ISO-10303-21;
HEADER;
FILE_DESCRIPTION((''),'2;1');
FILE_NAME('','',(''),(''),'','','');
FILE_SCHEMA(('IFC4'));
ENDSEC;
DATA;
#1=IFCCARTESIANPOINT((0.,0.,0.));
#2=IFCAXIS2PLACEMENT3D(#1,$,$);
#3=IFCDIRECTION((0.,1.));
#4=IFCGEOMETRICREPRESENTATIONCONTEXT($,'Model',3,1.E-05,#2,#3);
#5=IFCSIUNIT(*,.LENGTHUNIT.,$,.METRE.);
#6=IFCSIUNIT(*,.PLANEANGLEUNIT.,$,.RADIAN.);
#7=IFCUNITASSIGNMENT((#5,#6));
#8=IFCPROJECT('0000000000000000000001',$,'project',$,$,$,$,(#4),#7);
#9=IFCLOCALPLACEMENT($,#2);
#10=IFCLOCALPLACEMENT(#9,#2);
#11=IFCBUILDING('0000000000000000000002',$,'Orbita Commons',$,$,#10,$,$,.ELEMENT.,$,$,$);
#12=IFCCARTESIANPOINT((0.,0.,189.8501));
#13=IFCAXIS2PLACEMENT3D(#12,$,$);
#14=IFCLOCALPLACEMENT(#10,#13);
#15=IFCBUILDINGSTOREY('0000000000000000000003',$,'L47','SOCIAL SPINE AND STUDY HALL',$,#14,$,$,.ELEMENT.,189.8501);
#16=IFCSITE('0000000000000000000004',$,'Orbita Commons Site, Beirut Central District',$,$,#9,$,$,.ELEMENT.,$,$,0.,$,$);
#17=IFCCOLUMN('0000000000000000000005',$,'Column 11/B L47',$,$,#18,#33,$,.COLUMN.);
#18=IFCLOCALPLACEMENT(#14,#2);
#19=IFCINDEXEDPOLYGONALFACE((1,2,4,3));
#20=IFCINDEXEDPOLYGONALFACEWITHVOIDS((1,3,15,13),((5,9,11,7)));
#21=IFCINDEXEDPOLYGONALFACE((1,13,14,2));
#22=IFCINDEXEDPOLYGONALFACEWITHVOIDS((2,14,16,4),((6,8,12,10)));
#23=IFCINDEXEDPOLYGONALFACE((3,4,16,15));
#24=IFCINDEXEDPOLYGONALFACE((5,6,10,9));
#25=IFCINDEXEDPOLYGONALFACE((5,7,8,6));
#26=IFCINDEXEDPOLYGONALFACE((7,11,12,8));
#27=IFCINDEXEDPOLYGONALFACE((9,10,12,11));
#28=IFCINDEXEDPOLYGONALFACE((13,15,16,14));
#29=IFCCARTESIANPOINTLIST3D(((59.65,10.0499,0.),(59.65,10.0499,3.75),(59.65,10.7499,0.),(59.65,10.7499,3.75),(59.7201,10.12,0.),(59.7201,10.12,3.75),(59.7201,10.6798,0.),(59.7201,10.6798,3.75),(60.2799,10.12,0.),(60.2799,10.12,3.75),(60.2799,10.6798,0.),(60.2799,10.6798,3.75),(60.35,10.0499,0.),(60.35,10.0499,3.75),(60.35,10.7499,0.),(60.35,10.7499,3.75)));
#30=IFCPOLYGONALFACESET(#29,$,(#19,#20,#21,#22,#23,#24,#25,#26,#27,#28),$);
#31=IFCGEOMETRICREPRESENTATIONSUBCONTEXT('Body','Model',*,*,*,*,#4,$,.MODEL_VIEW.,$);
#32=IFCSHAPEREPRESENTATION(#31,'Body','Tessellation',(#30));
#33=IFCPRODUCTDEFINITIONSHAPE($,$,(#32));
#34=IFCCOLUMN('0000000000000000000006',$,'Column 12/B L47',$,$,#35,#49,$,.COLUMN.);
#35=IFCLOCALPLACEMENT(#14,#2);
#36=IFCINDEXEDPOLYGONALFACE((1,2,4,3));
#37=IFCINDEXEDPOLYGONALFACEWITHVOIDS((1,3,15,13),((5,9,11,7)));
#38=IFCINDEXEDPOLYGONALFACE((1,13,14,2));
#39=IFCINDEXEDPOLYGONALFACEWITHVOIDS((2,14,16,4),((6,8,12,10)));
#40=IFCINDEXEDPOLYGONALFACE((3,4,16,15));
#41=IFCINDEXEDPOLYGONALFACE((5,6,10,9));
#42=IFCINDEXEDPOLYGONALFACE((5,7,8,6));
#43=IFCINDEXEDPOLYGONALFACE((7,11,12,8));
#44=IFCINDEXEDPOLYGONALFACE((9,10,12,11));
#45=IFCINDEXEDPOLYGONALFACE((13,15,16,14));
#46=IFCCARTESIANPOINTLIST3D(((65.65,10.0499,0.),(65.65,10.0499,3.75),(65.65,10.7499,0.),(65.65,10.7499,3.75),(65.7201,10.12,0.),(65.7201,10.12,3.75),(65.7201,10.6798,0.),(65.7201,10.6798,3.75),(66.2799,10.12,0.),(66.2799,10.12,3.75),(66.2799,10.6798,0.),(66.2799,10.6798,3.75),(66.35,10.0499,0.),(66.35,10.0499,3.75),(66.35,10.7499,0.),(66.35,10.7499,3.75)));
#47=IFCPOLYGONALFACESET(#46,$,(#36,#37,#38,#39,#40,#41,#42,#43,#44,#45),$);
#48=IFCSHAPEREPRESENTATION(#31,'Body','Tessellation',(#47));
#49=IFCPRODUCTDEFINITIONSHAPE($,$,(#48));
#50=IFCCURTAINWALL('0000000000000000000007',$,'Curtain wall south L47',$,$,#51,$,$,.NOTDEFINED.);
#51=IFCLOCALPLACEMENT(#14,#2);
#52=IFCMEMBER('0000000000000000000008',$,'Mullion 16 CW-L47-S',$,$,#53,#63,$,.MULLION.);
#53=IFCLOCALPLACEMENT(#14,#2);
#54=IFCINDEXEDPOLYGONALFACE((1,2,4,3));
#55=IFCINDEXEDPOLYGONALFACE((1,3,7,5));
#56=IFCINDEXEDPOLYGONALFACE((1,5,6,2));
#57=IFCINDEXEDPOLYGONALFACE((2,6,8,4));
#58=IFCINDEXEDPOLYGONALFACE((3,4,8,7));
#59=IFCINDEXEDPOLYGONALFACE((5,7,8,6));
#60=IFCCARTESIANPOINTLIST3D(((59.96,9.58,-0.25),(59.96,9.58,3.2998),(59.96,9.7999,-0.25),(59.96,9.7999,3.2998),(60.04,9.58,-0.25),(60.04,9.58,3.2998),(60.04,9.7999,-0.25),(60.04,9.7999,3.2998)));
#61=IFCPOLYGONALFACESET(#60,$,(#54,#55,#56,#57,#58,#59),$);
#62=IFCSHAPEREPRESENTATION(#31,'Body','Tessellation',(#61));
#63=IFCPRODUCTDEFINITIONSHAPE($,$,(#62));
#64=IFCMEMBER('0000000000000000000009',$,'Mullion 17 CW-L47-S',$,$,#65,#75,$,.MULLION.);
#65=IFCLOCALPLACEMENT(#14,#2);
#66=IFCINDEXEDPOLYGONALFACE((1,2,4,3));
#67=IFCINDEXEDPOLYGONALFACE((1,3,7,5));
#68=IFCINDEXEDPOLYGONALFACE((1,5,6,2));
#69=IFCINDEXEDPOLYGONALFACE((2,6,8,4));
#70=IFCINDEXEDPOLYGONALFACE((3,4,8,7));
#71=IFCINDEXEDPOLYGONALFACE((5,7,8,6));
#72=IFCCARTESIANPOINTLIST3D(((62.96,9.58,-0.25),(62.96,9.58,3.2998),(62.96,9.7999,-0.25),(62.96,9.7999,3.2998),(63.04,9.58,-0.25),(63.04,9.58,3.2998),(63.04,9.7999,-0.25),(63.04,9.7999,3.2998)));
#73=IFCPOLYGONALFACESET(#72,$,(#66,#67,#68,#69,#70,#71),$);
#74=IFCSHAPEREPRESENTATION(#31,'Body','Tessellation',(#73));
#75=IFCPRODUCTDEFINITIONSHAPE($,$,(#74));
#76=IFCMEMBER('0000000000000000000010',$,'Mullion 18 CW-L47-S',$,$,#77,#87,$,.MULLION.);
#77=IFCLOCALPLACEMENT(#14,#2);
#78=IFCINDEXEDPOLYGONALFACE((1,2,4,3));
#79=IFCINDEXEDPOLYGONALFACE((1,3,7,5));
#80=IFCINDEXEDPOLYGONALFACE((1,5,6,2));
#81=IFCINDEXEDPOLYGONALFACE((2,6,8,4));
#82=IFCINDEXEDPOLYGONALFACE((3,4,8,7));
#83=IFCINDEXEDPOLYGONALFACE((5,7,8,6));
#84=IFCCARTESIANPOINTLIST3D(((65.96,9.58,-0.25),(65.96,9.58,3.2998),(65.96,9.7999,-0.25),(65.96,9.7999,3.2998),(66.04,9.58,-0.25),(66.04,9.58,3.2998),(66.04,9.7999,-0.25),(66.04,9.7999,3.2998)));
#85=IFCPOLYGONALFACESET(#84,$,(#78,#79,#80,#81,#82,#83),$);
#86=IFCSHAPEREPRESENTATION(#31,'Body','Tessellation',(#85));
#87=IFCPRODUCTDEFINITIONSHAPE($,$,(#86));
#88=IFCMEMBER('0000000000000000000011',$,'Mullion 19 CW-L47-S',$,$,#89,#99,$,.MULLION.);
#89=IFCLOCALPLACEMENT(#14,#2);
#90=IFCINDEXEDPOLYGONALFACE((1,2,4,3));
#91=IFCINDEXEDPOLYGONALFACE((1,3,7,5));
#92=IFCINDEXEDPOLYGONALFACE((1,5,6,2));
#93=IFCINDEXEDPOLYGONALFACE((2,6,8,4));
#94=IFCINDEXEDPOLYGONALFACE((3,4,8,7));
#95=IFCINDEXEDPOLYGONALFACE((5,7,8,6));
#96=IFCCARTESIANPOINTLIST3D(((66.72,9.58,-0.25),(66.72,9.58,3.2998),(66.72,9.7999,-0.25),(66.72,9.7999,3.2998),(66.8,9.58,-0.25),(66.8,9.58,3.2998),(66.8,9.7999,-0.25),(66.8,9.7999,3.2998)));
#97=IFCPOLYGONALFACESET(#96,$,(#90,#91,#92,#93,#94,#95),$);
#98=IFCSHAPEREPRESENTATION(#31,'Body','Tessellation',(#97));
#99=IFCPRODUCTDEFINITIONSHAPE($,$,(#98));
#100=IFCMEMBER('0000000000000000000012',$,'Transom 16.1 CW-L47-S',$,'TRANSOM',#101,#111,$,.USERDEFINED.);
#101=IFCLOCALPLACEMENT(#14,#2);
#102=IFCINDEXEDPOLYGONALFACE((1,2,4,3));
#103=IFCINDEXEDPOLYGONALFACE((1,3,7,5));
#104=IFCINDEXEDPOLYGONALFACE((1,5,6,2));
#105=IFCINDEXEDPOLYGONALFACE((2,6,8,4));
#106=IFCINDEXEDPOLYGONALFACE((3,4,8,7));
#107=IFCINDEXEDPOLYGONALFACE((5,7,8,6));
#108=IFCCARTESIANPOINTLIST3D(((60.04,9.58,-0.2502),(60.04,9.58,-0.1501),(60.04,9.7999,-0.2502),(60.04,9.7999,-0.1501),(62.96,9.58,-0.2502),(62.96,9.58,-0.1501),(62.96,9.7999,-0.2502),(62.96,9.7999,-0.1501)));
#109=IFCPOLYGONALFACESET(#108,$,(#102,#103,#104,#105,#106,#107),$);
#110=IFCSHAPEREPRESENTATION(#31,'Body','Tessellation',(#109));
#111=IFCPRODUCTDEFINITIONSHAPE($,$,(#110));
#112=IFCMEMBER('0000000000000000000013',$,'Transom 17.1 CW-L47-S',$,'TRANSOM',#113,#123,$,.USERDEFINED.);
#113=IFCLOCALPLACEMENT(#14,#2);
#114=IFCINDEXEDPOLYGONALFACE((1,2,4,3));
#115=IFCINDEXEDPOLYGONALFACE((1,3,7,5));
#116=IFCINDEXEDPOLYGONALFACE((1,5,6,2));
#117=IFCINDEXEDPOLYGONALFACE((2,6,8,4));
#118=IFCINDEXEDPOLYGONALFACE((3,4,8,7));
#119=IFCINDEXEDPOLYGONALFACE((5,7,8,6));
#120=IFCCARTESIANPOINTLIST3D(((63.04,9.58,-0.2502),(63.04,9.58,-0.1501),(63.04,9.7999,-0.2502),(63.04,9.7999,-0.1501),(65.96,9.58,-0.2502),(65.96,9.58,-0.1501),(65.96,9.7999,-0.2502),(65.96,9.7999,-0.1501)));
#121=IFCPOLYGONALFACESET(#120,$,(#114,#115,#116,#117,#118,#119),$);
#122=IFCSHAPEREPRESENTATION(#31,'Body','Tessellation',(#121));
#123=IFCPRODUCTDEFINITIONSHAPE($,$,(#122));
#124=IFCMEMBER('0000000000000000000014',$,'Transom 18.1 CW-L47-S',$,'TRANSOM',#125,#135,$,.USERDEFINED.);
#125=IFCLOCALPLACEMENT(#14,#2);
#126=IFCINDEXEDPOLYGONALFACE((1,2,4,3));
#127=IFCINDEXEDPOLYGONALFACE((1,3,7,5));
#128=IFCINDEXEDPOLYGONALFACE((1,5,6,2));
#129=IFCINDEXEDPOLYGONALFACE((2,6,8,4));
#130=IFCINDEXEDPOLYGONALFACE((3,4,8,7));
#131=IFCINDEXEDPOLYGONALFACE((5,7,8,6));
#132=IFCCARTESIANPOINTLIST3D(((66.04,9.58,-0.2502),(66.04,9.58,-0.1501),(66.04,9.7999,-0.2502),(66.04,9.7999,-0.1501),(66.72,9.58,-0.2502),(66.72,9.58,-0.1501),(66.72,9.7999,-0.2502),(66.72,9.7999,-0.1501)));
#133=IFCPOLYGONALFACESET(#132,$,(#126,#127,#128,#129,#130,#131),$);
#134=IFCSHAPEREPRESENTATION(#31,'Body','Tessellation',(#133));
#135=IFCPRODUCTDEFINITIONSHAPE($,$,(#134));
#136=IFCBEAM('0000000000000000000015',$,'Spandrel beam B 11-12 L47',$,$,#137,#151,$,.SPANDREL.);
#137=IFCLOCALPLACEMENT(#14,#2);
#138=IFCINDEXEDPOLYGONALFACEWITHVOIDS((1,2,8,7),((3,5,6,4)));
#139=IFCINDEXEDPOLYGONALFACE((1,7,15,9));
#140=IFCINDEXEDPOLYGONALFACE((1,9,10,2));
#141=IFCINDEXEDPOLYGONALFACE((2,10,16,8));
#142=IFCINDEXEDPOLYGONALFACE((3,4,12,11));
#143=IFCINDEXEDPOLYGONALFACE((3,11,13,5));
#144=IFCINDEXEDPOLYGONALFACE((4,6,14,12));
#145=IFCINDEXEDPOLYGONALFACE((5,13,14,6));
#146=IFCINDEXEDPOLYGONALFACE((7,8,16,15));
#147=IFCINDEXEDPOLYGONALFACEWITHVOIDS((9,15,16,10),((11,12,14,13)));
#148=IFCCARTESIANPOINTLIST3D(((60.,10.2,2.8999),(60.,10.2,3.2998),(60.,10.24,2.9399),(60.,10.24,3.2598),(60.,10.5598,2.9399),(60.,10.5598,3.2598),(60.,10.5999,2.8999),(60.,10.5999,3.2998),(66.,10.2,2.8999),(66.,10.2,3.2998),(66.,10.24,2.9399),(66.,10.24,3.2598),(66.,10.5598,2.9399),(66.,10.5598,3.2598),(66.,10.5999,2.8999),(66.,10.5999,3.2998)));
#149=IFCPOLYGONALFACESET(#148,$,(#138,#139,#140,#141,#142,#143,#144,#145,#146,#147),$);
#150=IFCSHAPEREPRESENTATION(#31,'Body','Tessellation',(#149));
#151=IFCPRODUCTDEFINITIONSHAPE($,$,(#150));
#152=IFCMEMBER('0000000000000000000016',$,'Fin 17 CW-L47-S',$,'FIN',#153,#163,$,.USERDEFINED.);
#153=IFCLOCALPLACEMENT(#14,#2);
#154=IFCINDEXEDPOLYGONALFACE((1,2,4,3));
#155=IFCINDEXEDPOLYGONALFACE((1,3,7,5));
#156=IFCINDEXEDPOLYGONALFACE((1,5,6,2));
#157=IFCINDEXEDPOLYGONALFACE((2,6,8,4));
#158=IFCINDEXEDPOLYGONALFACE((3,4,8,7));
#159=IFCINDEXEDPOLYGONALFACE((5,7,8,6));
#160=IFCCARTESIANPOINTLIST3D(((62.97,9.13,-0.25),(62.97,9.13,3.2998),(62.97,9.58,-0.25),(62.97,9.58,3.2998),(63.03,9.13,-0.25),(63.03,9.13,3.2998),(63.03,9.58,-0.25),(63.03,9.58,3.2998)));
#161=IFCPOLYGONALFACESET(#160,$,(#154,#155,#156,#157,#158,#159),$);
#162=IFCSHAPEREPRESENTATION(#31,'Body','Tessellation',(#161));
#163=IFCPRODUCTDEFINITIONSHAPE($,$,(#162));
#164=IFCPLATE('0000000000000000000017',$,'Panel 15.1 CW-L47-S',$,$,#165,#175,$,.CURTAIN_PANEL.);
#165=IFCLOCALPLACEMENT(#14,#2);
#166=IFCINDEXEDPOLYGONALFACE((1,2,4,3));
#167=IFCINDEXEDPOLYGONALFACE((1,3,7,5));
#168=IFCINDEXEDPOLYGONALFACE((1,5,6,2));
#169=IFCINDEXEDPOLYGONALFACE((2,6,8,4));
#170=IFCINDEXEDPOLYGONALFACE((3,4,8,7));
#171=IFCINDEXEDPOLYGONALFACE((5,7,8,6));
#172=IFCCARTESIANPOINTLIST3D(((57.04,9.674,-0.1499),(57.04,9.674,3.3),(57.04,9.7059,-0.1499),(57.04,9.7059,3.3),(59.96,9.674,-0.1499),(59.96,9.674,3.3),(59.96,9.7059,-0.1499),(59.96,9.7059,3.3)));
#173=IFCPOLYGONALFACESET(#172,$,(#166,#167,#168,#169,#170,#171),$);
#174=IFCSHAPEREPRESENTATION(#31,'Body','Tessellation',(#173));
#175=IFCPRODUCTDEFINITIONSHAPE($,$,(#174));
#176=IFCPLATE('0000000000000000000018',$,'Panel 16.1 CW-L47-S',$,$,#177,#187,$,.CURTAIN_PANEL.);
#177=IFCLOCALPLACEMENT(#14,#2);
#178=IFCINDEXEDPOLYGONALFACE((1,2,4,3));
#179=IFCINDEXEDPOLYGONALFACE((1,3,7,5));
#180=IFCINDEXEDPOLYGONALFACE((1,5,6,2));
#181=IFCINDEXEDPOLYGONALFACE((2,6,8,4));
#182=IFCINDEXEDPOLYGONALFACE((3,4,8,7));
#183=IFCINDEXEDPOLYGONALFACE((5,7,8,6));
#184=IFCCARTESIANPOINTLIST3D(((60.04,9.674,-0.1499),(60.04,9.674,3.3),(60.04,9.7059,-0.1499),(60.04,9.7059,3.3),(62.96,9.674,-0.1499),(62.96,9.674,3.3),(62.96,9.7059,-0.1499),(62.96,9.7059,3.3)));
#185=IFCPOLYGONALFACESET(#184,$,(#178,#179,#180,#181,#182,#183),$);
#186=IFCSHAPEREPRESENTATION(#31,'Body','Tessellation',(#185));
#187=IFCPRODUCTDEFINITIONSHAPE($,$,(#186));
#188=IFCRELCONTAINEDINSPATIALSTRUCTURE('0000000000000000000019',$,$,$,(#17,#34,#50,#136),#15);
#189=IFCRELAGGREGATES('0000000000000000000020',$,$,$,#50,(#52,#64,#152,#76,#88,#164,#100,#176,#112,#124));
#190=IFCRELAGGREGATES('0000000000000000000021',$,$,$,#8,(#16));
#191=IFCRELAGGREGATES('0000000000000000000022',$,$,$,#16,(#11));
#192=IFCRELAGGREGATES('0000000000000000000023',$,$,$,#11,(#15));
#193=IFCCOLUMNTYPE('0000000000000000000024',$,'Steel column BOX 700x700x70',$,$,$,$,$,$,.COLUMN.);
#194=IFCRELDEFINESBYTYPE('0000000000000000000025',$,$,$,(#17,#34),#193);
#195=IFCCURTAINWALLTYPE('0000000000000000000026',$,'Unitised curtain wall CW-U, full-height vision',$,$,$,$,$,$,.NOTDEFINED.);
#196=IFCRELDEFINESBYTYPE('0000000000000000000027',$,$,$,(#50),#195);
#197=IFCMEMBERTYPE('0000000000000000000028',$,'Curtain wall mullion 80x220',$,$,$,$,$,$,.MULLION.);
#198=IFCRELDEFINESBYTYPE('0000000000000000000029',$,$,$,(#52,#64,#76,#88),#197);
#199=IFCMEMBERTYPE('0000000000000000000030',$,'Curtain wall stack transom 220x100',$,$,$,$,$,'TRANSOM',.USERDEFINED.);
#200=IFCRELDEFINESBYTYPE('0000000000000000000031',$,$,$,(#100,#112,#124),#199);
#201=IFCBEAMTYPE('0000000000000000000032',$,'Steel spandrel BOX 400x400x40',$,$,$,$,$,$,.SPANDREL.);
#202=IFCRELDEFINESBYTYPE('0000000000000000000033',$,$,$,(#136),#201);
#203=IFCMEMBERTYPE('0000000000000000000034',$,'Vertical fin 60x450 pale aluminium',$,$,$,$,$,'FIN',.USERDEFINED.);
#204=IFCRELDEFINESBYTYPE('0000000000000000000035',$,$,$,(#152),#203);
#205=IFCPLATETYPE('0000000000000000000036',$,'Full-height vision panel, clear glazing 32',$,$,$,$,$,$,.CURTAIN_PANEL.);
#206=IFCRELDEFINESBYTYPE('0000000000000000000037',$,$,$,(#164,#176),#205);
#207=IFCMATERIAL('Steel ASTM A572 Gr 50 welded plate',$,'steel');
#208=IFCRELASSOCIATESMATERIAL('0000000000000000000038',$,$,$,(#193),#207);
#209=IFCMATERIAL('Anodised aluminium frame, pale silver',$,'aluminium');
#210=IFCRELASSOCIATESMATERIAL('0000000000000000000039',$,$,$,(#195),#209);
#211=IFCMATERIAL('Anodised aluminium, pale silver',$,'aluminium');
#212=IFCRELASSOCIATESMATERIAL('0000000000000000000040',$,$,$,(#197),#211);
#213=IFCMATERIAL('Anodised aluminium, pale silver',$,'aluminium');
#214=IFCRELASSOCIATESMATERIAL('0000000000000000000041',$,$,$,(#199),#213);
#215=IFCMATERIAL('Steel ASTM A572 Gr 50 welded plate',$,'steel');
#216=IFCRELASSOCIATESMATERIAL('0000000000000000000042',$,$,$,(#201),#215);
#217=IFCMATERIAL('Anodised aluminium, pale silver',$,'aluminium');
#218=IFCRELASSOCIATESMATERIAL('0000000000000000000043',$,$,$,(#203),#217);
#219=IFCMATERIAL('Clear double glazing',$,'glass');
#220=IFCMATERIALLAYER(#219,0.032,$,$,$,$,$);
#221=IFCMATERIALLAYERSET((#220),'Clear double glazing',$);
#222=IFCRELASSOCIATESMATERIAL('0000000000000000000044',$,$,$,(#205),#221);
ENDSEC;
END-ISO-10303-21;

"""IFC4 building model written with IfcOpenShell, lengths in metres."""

from ifc_helpers import new_model, si_unit, direction, frame, origin, origin_2d, place, context, subcontext, project, spatial, rectangle, hollow_rectangle, extrude, material, layer, layer_set, material_profile, profile_set, type_object, element, aggregate, save


model = new_model("IFC4")

# Units and contexts
model_context = context("Model", 3, precision=1e-05, world=origin(), true_north=direction((0.0, 1.0)))
body_context = subcontext(model_context, "Body", "Model", "MODEL_VIEW")
ifc_project = project(units=[si_unit("LENGTHUNIT", "METRE"), si_unit("PLANEANGLEUNIT", "RADIAN")], contexts=[model_context])

# Site, building, storey
site_placement = place(None, origin())
site = spatial("IfcSite", under=ifc_project, at=site_placement, Name="Orbita Commons Site, Beirut Central District", CompositionType="ELEMENT", RefElevation=0.0)
building_placement = place(site_placement, origin())
building = spatial("IfcBuilding", under=site, at=building_placement, Name="Orbita Commons", CompositionType="ELEMENT")
storey_placement = place(building_placement, frame((0.0, 0.0, 189.8501)))
storey = spatial("IfcBuildingStorey", under=building, at=storey_placement, Name="L47", Description="SOCIAL SPINE AND STUDY HALL", CompositionType="ELEMENT", Elevation=189.8501)

# Columns
ifc_material_1 = material(Name="Steel ASTM A572 Gr 50 welded plate", Category="steel")
ifc_material_profile_1 = material_profile(ifc_material_1, hollow_rectangle(XDim=0.7, YDim=0.7, WallThickness=0.0701, at=origin_2d()), Name="BOX 700x700x70")
ifc_profile_set_1 = profile_set([ifc_material_profile_1], Name="Steel ASTM A572 Gr 50 welded plate")
column_type = type_object("IfcColumnType", Name="Steel column BOX 700x700x70", PredefinedType="COLUMN", material=ifc_profile_set_1)
for number, where, z_axis, x_axis, name in (
    (1, (60.0, 10.3999, 0.0), (0.0, 0.0, 1.0), (1.0, 0.0, 0.0), "Column 11/B L47"),
    (2, (66.0, 10.3999, 0.0), (0.0, 0.0, 1.0), (1.0, 0.0, 0.0), "Column 12/B L47"),
):
    element("IfcColumn", number, at=place(storey_placement, frame(where, z_axis=z_axis, x_axis=x_axis)), inside=storey, type_object=column_type, Name=name, PredefinedType="COLUMN", context=body_context, shape_type="SweptSolid", body=[
        extrude(hollow_rectangle(XDim=0.7, YDim=0.7, WallThickness=0.0701, at=origin_2d()), origin(), (0.0, 0.0, 1.0), 3.75),
    ])

# Curtain wall, members
ifc_material_2 = material(Name="Anodised aluminium frame, pale silver", Category="aluminium")
curtain_wall_type = type_object("IfcCurtainWallType", Name="Unitised curtain wall CW-U, full-height vision", PredefinedType="NOTDEFINED", material=ifc_material_2)
curtain_wall_placement = place(storey_placement, origin())
curtain_wall = element("IfcCurtainWall", 3, at=curtain_wall_placement, inside=storey, type_object=curtain_wall_type, Name="Curtain wall south L47", PredefinedType="NOTDEFINED")
ifc_material_3 = material(Name="Anodised aluminium, pale silver", Category="aluminium")
ifc_material_profile_2 = material_profile(ifc_material_3, rectangle(XDim=0.0801, YDim=0.22, at=origin_2d()), Name="AL 80x220")
ifc_profile_set_2 = profile_set([ifc_material_profile_2], Name="Anodised aluminium, pale silver")
member_type_1 = type_object("IfcMemberType", Name="Curtain wall mullion 80x220", PredefinedType="MULLION", material=ifc_profile_set_2)
member_1_placement = place(storey_placement, frame((60.0, 9.6899, -0.25), z_axis=(0.0, 0.0, 1.0), x_axis=(1.0, 0.0, 0.0)))
member_1 = element("IfcMember", 4, at=member_1_placement, type_object=member_type_1, Name="Mullion 16 CW-L47-S", PredefinedType="MULLION", context=body_context, shape_type="SweptSolid", body=[
    extrude(rectangle(XDim=0.0801, YDim=0.22, at=origin_2d()), origin(), (0.0, 0.0, 1.0), 3.5498),
])
member_2_placement = place(storey_placement, frame((63.0, 9.6899, -0.25), z_axis=(0.0, 0.0, 1.0), x_axis=(1.0, 0.0, 0.0)))
member_2 = element("IfcMember", 5, at=member_2_placement, type_object=member_type_1, Name="Mullion 17 CW-L47-S", PredefinedType="MULLION", context=body_context, shape_type="SweptSolid", body=[
    extrude(rectangle(XDim=0.0801, YDim=0.22, at=origin_2d()), origin(), (0.0, 0.0, 1.0), 3.5498),
])
member_3_placement = place(storey_placement, frame((66.0, 9.6899, -0.25), z_axis=(0.0, 0.0, 1.0), x_axis=(1.0, 0.0, 0.0)))
member_3 = element("IfcMember", 6, at=member_3_placement, type_object=member_type_1, Name="Mullion 18 CW-L47-S", PredefinedType="MULLION", context=body_context, shape_type="SweptSolid", body=[
    extrude(rectangle(XDim=0.0801, YDim=0.22, at=origin_2d()), origin(), (0.0, 0.0, 1.0), 3.5498),
])
member_4_placement = place(storey_placement, frame((66.76, 9.6899, -0.25), z_axis=(0.0, 0.0, 1.0), x_axis=(1.0, 0.0, 0.0)))
member_4 = element("IfcMember", 7, at=member_4_placement, type_object=member_type_1, Name="Mullion 19 CW-L47-S", PredefinedType="MULLION", context=body_context, shape_type="SweptSolid", body=[
    extrude(rectangle(XDim=0.0801, YDim=0.22, at=origin_2d()), origin(), (0.0, 0.0, 1.0), 3.5498),
])
ifc_material_4 = material(Name="Anodised aluminium, pale silver", Category="aluminium")
ifc_material_profile_3 = material_profile(ifc_material_4, rectangle(XDim=0.22, YDim=0.1001, at=origin_2d()), Name="AL 220x100")
ifc_profile_set_3 = profile_set([ifc_material_profile_3], Name="Anodised aluminium, pale silver")
member_type_2 = type_object("IfcMemberType", Name="Curtain wall stack transom 220x100", ElementType="TRANSOM", PredefinedType="USERDEFINED", material=ifc_profile_set_3)
member_5_placement = place(storey_placement, frame((60.04, 9.6899, -0.2002), z_axis=(1.0, 0.0, 0.0), x_axis=(0.0, 1.0, 0.0)))
member_5 = element("IfcMember", 8, at=member_5_placement, type_object=member_type_2, Name="Transom 16.1 CW-L47-S", ObjectType="TRANSOM", PredefinedType="USERDEFINED", context=body_context, shape_type="SweptSolid", body=[
    extrude(rectangle(XDim=0.22, YDim=0.1001, at=origin_2d()), origin(), (0.0, 0.0, 1.0), 2.9199),
])
member_6_placement = place(storey_placement, frame((63.04, 9.6899, -0.2002), z_axis=(1.0, 0.0, 0.0), x_axis=(0.0, 1.0, 0.0)))
member_6 = element("IfcMember", 9, at=member_6_placement, type_object=member_type_2, Name="Transom 17.1 CW-L47-S", ObjectType="TRANSOM", PredefinedType="USERDEFINED", context=body_context, shape_type="SweptSolid", body=[
    extrude(rectangle(XDim=0.22, YDim=0.1001, at=origin_2d()), origin(), (0.0, 0.0, 1.0), 2.9199),
])
member_7_placement = place(storey_placement, frame((66.04, 9.6899, -0.2002), z_axis=(1.0, 0.0, 0.0), x_axis=(0.0, 1.0, 0.0)))
member_7 = element("IfcMember", 10, at=member_7_placement, type_object=member_type_2, Name="Transom 18.1 CW-L47-S", ObjectType="TRANSOM", PredefinedType="USERDEFINED", context=body_context, shape_type="SweptSolid", body=[
    extrude(rectangle(XDim=0.22, YDim=0.1001, at=origin_2d()), origin(), (0.0, 0.0, 1.0), 0.6799),
])

# Beam
ifc_material_5 = material(Name="Steel ASTM A572 Gr 50 welded plate", Category="steel")
ifc_material_profile_4 = material_profile(ifc_material_5, hollow_rectangle(XDim=0.3999, YDim=0.3999, WallThickness=0.04, at=origin_2d()), Name="BOX 400x400x40")
ifc_profile_set_4 = profile_set([ifc_material_profile_4], Name="Steel ASTM A572 Gr 50 welded plate")
beam_type = type_object("IfcBeamType", Name="Steel spandrel BOX 400x400x40", PredefinedType="SPANDREL", material=ifc_profile_set_4)
beam_placement = place(storey_placement, frame((60.0, 10.3999, 3.0999), z_axis=(1.0, 0.0, 0.0), x_axis=(0.0, 1.0, 0.0)))
element("IfcBeam", 11, at=beam_placement, inside=storey, type_object=beam_type, Name="Spandrel beam B 11-12 L47", PredefinedType="SPANDREL", context=body_context, shape_type="SweptSolid", body=[
    extrude(hollow_rectangle(XDim=0.3999, YDim=0.3999, WallThickness=0.04, at=origin_2d()), origin(), (0.0, 0.0, 1.0), 6.0),
])

# Member
ifc_material_6 = material(Name="Anodised aluminium, pale silver", Category="aluminium")
ifc_material_profile_5 = material_profile(ifc_material_6, rectangle(XDim=0.0601, YDim=0.45, at=origin_2d()), Name="FIN 60x450")
ifc_profile_set_5 = profile_set([ifc_material_profile_5], Name="Anodised aluminium, pale silver")
member_type_3 = type_object("IfcMemberType", Name="Vertical fin 60x450 pale aluminium", ElementType="FIN", PredefinedType="USERDEFINED", material=ifc_profile_set_5)
member_8_placement = place(storey_placement, frame((63.0, 9.355, -0.25), z_axis=(0.0, 0.0, 1.0), x_axis=(1.0, 0.0, 0.0)))
member_8 = element("IfcMember", 12, at=member_8_placement, type_object=member_type_3, Name="Fin 17 CW-L47-S", ObjectType="FIN", PredefinedType="USERDEFINED", context=body_context, shape_type="SweptSolid", body=[
    extrude(rectangle(XDim=0.0601, YDim=0.45, at=origin_2d()), origin(), (0.0, 0.0, 1.0), 3.5498),
])

# Plates
ifc_material_7 = material(Name="Clear double glazing", Category="glass")
ifc_layer_1 = layer(ifc_material_7, 0.032)
ifc_layer_set_1 = layer_set([ifc_layer_1], Name="Clear double glazing")
plate_type = type_object("IfcPlateType", Name="Full-height vision panel, clear glazing 32", PredefinedType="CURTAIN_PANEL", material=ifc_layer_set_1)
plate_1_placement = place(storey_placement, frame((58.5, 9.6899, -0.1499), z_axis=(0.0, 0.0, 1.0), x_axis=(1.0, 0.0, 0.0)))
plate_1 = element("IfcPlate", 13, at=plate_1_placement, type_object=plate_type, Name="Panel 15.1 CW-L47-S", PredefinedType="CURTAIN_PANEL", context=body_context, shape_type="SweptSolid", body=[
    extrude(rectangle(XDim=2.9199, YDim=0.032, at=origin_2d()), origin(), (0.0, 0.0, 1.0), 3.45),
])
plate_2_placement = place(storey_placement, frame((61.5, 9.6899, -0.1499), z_axis=(0.0, 0.0, 1.0), x_axis=(1.0, 0.0, 0.0)))
plate_2 = element("IfcPlate", 14, at=plate_2_placement, type_object=plate_type, Name="Panel 16.1 CW-L47-S", PredefinedType="CURTAIN_PANEL", context=body_context, shape_type="SweptSolid", body=[
    extrude(rectangle(XDim=2.9199, YDim=0.032, at=origin_2d()), origin(), (0.0, 0.0, 1.0), 3.45),
])
aggregate(curtain_wall, [member_1, member_2, member_8, member_3, member_4, plate_1, member_5, plate_2, member_6, member_7])

save(model, "model.ifc")
